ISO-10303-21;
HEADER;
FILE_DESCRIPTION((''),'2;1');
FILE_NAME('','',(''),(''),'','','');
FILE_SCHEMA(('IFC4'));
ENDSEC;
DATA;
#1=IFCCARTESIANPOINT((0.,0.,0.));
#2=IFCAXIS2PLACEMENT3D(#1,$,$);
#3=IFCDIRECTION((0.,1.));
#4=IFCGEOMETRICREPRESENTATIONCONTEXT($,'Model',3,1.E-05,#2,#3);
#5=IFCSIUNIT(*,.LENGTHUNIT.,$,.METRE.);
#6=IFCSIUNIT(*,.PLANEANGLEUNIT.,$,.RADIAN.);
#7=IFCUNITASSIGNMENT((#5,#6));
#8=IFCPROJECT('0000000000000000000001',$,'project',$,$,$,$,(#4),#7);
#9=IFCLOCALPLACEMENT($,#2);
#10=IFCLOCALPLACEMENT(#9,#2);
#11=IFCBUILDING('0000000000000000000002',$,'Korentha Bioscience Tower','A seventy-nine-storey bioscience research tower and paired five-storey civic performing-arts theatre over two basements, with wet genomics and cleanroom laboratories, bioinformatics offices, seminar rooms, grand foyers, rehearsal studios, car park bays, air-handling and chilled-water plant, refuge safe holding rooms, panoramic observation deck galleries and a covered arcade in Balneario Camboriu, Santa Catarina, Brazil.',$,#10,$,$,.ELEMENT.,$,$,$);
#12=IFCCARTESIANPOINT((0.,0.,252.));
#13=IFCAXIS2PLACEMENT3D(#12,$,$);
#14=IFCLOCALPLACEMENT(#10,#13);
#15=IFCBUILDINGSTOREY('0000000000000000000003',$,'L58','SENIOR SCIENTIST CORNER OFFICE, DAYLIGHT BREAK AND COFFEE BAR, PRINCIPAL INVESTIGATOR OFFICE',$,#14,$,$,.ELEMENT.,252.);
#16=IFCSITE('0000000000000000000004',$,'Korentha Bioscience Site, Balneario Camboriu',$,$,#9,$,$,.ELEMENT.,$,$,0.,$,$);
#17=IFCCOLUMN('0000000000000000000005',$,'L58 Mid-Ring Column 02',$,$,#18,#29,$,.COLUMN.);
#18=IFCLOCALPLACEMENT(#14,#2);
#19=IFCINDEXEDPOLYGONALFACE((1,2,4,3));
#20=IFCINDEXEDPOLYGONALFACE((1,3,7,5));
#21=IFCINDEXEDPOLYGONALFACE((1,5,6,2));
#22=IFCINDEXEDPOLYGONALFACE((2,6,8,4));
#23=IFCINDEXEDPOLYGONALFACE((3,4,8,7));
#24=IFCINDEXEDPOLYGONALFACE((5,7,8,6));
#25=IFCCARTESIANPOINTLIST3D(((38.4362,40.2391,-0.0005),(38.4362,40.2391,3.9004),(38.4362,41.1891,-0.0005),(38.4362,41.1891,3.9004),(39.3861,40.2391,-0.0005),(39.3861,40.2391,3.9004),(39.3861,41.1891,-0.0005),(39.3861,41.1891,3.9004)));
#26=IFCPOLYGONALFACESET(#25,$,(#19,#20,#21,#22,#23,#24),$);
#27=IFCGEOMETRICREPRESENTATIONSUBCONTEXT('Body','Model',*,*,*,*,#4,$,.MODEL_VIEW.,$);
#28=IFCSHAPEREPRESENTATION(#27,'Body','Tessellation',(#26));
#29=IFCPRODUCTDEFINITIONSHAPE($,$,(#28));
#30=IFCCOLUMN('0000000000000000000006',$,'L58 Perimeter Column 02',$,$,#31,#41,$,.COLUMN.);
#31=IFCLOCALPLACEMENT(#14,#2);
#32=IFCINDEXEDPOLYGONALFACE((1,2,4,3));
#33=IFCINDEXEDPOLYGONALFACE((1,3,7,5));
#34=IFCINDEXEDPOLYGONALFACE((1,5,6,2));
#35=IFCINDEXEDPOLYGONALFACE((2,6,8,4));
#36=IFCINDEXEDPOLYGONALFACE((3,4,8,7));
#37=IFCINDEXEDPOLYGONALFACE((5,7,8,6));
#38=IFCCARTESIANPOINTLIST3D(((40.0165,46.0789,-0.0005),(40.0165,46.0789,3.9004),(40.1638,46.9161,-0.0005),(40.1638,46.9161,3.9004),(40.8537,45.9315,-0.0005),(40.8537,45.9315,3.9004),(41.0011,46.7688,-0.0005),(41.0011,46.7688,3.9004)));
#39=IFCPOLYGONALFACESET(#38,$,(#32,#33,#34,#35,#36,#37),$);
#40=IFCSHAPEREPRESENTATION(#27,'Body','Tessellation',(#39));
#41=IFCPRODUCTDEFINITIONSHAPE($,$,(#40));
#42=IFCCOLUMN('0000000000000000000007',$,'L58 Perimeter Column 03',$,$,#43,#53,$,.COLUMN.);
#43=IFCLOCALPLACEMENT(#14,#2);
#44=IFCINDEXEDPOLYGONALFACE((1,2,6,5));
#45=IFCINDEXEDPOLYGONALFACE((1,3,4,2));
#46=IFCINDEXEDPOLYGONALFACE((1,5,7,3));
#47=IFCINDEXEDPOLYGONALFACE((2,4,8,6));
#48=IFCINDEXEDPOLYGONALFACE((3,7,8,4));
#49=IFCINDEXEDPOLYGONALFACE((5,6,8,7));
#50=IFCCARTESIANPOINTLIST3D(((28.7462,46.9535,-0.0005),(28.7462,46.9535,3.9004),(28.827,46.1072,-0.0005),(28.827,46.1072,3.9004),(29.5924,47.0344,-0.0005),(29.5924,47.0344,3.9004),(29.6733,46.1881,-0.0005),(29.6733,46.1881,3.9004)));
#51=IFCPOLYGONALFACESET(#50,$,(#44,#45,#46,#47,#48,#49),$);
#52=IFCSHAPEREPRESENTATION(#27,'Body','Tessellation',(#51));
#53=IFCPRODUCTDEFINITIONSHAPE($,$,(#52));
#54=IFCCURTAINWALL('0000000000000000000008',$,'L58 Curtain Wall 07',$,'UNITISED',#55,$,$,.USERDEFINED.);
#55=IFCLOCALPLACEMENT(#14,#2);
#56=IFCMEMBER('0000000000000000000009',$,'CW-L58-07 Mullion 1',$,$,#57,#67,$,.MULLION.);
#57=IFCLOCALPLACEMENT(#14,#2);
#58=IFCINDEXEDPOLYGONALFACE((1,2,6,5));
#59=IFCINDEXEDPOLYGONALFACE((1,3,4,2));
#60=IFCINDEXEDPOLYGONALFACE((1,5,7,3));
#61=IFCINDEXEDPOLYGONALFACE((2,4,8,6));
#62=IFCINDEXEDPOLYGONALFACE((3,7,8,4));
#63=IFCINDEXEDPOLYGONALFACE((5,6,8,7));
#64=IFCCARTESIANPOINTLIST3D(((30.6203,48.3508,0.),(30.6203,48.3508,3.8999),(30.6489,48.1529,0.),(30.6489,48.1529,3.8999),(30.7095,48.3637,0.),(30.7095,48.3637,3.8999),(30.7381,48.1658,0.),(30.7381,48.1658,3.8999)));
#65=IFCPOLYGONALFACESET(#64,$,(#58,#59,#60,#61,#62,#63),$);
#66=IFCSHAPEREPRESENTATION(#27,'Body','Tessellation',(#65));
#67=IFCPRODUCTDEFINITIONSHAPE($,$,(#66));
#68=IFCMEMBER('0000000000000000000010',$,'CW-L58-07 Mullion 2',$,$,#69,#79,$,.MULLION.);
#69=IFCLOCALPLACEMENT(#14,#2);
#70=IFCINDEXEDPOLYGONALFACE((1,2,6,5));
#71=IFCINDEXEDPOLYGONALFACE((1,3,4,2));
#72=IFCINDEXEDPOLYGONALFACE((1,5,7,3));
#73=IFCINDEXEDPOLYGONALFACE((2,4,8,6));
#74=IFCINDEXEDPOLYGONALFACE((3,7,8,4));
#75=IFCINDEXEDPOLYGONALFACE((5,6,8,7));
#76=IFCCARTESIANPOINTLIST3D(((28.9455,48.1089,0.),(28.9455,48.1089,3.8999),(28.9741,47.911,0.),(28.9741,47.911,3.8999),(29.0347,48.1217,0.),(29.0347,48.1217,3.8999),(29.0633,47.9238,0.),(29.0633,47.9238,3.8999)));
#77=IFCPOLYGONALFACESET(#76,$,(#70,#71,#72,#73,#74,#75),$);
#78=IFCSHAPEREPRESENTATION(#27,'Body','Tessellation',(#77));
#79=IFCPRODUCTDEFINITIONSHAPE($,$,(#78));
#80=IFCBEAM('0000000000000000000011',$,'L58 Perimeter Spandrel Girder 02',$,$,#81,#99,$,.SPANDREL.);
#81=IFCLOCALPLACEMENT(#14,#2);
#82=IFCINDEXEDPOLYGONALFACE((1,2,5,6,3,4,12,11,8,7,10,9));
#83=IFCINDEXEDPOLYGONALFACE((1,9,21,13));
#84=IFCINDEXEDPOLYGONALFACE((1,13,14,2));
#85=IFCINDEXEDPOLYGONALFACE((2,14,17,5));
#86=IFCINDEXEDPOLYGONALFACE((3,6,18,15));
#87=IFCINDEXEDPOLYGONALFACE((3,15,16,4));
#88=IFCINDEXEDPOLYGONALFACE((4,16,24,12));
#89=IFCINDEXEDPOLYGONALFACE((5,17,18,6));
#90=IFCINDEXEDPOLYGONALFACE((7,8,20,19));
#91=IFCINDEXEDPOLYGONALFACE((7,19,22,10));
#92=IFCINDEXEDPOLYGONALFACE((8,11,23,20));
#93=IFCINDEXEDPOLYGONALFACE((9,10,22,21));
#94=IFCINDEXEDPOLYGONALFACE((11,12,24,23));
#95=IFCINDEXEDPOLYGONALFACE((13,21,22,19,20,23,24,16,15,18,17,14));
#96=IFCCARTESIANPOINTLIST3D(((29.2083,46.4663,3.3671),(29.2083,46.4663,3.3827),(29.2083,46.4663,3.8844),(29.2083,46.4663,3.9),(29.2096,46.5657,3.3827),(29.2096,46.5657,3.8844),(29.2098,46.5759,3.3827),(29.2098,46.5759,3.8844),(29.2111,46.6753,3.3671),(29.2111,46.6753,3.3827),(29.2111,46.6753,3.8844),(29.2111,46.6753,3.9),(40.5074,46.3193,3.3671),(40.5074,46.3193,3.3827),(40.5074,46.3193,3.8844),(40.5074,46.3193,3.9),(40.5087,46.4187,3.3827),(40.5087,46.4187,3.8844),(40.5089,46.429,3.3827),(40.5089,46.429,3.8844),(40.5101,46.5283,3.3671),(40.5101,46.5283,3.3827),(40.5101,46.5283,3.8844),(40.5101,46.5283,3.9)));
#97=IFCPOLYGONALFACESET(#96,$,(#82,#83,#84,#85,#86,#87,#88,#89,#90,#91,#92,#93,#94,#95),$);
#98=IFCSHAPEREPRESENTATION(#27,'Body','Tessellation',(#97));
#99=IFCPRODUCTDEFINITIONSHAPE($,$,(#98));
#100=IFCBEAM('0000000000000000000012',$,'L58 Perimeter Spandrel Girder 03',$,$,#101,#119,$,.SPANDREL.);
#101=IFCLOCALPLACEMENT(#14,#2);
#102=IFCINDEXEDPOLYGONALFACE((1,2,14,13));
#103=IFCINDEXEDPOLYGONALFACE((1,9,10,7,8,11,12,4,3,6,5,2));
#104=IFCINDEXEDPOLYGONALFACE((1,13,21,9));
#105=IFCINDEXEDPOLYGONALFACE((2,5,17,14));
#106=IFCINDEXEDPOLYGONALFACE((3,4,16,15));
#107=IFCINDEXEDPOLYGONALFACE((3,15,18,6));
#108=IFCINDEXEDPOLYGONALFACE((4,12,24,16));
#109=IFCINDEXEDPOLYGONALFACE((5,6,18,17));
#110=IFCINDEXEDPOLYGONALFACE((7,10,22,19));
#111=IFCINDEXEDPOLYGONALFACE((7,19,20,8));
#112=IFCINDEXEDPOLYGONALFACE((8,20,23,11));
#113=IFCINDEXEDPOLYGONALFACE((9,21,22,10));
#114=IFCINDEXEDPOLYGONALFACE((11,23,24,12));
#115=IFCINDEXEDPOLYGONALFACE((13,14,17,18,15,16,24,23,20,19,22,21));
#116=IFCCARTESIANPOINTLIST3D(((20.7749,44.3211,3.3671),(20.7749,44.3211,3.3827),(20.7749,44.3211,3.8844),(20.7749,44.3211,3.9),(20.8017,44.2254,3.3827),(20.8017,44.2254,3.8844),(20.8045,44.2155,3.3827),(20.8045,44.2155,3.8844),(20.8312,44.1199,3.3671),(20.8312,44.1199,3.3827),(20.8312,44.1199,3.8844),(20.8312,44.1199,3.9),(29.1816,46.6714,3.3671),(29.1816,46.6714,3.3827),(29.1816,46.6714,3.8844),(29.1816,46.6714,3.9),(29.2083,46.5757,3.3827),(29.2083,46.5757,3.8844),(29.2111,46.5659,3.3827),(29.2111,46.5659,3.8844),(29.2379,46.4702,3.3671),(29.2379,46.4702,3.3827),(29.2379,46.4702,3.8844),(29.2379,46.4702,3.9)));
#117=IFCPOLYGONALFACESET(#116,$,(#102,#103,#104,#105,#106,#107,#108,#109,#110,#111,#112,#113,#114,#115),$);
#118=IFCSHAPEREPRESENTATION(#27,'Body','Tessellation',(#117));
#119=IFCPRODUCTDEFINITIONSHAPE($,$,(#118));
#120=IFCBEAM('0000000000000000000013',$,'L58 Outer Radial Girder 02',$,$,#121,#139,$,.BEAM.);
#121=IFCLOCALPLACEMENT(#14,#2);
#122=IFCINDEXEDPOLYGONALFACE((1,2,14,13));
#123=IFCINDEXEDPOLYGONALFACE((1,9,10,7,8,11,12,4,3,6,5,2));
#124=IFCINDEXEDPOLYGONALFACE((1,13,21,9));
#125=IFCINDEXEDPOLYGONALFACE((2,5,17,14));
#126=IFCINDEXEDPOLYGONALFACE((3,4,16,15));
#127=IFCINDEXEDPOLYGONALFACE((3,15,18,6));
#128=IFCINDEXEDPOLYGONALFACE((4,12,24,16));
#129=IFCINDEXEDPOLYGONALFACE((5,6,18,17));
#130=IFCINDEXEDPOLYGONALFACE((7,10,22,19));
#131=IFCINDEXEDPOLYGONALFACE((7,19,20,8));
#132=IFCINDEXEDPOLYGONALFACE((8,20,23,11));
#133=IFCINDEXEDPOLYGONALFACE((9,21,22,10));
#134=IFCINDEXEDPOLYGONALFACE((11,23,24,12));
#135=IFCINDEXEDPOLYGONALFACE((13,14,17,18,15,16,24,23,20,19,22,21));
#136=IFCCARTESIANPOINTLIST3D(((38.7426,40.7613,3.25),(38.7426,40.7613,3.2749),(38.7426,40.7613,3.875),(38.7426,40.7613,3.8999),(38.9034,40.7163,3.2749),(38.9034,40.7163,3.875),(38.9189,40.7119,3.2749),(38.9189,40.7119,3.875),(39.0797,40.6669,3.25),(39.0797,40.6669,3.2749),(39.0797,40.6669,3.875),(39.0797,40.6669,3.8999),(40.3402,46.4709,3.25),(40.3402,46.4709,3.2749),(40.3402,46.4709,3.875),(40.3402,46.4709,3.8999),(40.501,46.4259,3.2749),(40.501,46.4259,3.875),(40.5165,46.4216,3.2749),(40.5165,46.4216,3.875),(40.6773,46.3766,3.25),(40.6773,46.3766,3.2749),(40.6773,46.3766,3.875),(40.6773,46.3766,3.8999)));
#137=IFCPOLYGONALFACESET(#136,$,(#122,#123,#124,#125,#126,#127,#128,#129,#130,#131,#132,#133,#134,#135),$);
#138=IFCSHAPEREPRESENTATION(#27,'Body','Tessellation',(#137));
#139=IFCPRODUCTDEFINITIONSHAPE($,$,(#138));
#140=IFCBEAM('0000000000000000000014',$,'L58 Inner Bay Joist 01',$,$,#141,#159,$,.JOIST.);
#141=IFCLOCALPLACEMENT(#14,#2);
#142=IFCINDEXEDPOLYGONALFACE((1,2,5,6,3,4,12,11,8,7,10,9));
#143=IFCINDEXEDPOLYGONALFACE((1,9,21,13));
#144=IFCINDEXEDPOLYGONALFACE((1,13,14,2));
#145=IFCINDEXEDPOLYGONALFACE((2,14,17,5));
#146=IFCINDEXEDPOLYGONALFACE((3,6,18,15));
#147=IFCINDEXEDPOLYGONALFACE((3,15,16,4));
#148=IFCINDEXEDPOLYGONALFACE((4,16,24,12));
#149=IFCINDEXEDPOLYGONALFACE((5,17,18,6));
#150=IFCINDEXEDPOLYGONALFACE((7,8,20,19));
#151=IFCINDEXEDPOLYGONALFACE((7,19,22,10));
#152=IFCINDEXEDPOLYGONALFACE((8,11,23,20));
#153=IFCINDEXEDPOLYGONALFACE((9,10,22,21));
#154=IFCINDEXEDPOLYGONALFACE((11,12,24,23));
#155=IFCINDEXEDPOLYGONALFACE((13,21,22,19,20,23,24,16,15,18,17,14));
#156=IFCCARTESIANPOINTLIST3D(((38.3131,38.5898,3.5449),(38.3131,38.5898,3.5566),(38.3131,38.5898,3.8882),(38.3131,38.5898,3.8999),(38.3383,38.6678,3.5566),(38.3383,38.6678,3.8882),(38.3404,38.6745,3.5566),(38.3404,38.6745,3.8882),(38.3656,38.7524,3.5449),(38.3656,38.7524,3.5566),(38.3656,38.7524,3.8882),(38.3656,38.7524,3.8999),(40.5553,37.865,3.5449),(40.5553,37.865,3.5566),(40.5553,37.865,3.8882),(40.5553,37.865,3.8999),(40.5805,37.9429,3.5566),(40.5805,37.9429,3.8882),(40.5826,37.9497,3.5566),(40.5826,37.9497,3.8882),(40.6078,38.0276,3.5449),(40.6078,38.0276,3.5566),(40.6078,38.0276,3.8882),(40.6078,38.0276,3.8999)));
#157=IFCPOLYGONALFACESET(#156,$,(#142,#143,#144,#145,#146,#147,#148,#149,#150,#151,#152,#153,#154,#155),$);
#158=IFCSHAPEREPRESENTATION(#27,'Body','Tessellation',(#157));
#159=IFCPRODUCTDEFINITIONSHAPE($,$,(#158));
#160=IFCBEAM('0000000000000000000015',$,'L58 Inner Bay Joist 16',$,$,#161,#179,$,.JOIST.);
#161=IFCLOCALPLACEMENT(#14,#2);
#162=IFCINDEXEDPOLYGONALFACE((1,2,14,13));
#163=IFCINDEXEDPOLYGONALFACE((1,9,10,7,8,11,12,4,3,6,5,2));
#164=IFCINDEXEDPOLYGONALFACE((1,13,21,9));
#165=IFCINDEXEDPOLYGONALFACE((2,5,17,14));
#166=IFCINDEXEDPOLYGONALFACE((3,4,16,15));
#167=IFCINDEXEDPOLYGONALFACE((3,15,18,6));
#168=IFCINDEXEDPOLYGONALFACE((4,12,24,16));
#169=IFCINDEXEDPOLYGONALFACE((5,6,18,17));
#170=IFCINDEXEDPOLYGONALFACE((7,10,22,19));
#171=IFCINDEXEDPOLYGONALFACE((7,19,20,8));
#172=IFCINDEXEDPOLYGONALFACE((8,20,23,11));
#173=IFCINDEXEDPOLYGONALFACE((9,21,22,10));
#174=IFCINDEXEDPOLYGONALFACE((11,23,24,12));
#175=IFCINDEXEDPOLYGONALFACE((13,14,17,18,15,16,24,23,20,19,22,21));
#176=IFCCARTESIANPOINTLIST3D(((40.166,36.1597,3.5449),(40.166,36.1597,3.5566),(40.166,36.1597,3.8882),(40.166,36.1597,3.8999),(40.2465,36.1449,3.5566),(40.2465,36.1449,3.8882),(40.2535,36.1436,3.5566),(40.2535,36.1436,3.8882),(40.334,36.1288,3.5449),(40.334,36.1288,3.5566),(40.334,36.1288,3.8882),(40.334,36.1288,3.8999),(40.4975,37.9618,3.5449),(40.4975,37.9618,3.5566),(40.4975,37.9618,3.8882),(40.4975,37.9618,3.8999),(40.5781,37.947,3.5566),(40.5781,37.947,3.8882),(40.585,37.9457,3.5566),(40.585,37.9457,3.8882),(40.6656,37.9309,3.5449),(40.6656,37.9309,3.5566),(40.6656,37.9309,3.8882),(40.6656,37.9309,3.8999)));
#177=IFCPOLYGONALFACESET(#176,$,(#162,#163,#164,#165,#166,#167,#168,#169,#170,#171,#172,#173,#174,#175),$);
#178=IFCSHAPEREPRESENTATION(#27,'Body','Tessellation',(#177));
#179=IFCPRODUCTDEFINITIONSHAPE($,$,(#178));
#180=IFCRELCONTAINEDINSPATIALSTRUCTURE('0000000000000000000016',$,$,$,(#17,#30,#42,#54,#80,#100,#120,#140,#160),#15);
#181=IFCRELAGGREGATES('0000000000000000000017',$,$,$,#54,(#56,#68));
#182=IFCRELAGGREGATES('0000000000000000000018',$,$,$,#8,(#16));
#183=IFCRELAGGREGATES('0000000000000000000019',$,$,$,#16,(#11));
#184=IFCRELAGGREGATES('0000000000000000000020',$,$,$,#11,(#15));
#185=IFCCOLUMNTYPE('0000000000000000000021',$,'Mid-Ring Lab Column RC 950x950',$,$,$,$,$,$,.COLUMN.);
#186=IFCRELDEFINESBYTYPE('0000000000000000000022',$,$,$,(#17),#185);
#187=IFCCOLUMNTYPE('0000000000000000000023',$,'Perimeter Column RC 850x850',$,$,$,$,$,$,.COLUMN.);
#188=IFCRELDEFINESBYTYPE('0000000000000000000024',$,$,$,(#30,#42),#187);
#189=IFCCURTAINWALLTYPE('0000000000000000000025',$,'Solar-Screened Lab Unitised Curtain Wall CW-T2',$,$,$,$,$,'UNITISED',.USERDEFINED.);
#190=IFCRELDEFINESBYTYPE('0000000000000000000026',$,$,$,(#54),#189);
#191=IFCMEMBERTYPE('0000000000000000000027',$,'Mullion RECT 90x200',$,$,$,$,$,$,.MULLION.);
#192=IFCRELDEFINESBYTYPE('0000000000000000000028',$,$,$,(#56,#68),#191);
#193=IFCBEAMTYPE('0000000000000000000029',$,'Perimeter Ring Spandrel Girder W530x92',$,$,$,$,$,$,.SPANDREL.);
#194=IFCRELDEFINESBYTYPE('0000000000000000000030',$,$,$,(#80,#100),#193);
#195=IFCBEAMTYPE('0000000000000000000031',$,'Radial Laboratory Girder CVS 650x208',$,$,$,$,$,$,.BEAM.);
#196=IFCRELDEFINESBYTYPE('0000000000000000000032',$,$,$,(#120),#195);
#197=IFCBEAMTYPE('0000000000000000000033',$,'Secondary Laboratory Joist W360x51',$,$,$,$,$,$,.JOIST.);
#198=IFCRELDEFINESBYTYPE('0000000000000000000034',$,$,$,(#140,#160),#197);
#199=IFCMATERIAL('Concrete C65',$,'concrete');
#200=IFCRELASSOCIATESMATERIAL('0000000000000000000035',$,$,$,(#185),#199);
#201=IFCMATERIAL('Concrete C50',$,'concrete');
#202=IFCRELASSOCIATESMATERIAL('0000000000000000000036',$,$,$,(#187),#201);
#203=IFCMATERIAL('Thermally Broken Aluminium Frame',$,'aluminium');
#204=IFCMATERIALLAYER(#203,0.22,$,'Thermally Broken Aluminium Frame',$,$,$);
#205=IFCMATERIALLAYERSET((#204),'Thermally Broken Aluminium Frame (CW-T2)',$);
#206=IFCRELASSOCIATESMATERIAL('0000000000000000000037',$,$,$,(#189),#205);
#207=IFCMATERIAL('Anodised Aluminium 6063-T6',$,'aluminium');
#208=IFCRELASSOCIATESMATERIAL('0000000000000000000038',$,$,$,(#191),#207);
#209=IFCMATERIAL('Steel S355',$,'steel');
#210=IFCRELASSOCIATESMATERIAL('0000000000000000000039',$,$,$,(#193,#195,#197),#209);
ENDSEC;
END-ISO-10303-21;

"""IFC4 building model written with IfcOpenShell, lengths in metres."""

from ifc_helpers import new_model, si_unit, direction, frame, origin, origin_2d, place, context, subcontext, project, spatial, rectangle, i_section, extrude, material, layer, layer_set, material_profile, profile_set, type_object, element, aggregate, save


model = new_model("IFC4")

# Units and contexts
model_context = context("Model", 3, precision=1e-05, world=origin(), true_north=direction((0.0, 1.0)))
body_context = subcontext(model_context, "Body", "Model", "MODEL_VIEW")
ifc_project = project(units=[si_unit("LENGTHUNIT", "METRE"), si_unit("PLANEANGLEUNIT", "RADIAN")], contexts=[model_context])

# Site, building, storey
site_placement = place(None, origin())
site = spatial("IfcSite", under=ifc_project, at=site_placement, Name="Korentha Bioscience Site, Balneario Camboriu", CompositionType="ELEMENT", RefElevation=0.0)
building_placement = place(site_placement, origin())
building = spatial("IfcBuilding", under=site, at=building_placement, Name="Korentha Bioscience Tower", Description="A seventy-nine-storey bioscience research tower and paired five-storey civic performing-arts theatre over two basements, with wet genomics and cleanroom laboratories, bioinformatics offices, seminar rooms, grand foyers, rehearsal studios, car park bays, air-handling and chilled-water plant, refuge safe holding rooms, panoramic observation deck galleries and a covered arcade in Balneario Camboriu, Santa Catarina, Brazil.", CompositionType="ELEMENT")
storey_placement = place(building_placement, frame((0.0, 0.0, 252.0)))
storey = spatial("IfcBuildingStorey", under=building, at=storey_placement, Name="L58", Description="SENIOR SCIENTIST CORNER OFFICE, DAYLIGHT BREAK AND COFFEE BAR, PRINCIPAL INVESTIGATOR OFFICE", CompositionType="ELEMENT", Elevation=252.0)

# Columns
ifc_material_1 = material(Name="Concrete C65", Category="concrete")
ifc_material_profile_1 = material_profile(ifc_material_1, rectangle(XDim=0.95, YDim=0.95, at=origin_2d()), Name="Concrete C65")
ifc_profile_set_1 = profile_set([ifc_material_profile_1], Name="Concrete C65 (COL-MR09)")
column_type_1 = type_object("IfcColumnType", Name="Mid-Ring Lab Column RC 950x950", PredefinedType="COLUMN", material=ifc_profile_set_1)
column_placement = place(storey_placement, frame((38.9111, 40.7141, -0.0005), z_axis=(0.0, 0.0, 1.0), x_axis=(1.0, 0.0, 0.0)))
element("IfcColumn", 1, at=column_placement, inside=storey, type_object=column_type_1, Name="L58 Mid-Ring Column 02", PredefinedType="COLUMN", context=body_context, shape_type="SweptSolid", body=[
    extrude(rectangle(XDim=0.95, YDim=0.95, at=origin_2d()), origin(), (0.0, 0.0, 1.0), 3.9009),
])
ifc_material_2 = material(Name="Concrete C50", Category="concrete")
ifc_material_profile_2 = material_profile(ifc_material_2, rectangle(XDim=0.8501, YDim=0.8501, at=origin_2d()), Name="Concrete C50")
ifc_profile_set_2 = profile_set([ifc_material_profile_2], Name="Concrete C50 (COL-P08)")
column_type_2 = type_object("IfcColumnType", Name="Perimeter Column RC 850x850", PredefinedType="COLUMN", material=ifc_profile_set_2)
for number, where, z_axis, x_axis, name in (
    (2, (40.5088, 46.4238, -0.0005), (0.0, 0.0, 1.0), (-0.984868, 0.173304, 0.0), "L58 Perimeter Column 02"),
    (3, (29.2097, 46.5708, -0.0005), (0.0, 0.0, 1.0), (0.995463, 0.095151, 0.0), "L58 Perimeter Column 03"),
):
    element("IfcColumn", number, at=place(storey_placement, frame(where, z_axis=z_axis, x_axis=x_axis)), inside=storey, type_object=column_type_2, Name=name, PredefinedType="COLUMN", context=body_context, shape_type="SweptSolid", body=[
        extrude(rectangle(XDim=0.8501, YDim=0.8501, at=origin_2d()), origin(), (0.0, 0.0, 1.0), 3.9009),
    ])

# Curtain wall, members
ifc_material_3 = material(Name="Thermally Broken Aluminium Frame", Category="aluminium")
ifc_layer_1 = layer(ifc_material_3, 0.22, Name="Thermally Broken Aluminium Frame")
ifc_layer_set_1 = layer_set([ifc_layer_1], Name="Thermally Broken Aluminium Frame (CW-T2)")
curtain_wall_type = type_object("IfcCurtainWallType", Name="Solar-Screened Lab Unitised Curtain Wall CW-T2", ElementType="UNITISED", PredefinedType="USERDEFINED", material=ifc_layer_set_1)
curtain_wall_placement = place(storey_placement, origin())
curtain_wall = element("IfcCurtainWall", 4, at=curtain_wall_placement, inside=storey, type_object=curtain_wall_type, Name="L58 Curtain Wall 07", ObjectType="UNITISED", PredefinedType="USERDEFINED")
ifc_material_4 = material(Name="Anodised Aluminium 6063-T6", Category="aluminium")
ifc_material_profile_3 = material_profile(ifc_material_4, rectangle(XDim=0.0901, YDim=0.2, at=origin_2d()), Name="Anodised Aluminium 6063-T6")
ifc_profile_set_3 = profile_set([ifc_material_profile_3], Name="Anodised Aluminium 6063-T6 (CW-MUL)")
member_type_1 = type_object("IfcMemberType", Name="Mullion RECT 90x200", PredefinedType="MULLION", material=ifc_profile_set_3)
member_1_placement = place(storey_placement, frame((30.6792, 48.2583, 0.0), z_axis=(0.0, 0.0, 1.0), x_axis=(-0.989729, -0.142956, 0.0)))
member_1 = element("IfcMember", 5, at=member_1_placement, type_object=member_type_1, Name="CW-L58-07 Mullion 1", PredefinedType="MULLION", context=body_context, shape_type="SweptSolid", body=[
    extrude(rectangle(XDim=0.0901, YDim=0.2, at=origin_2d()), origin(), (0.0, 0.0, 1.0), 3.8999),
])
member_2_placement = place(storey_placement, frame((29.0044, 48.0164, 0.0), z_axis=(0.0, 0.0, 1.0), x_axis=(-0.989729, -0.142956, 0.0)))
member_2 = element("IfcMember", 6, at=member_2_placement, type_object=member_type_1, Name="CW-L58-07 Mullion 2", PredefinedType="MULLION", context=body_context, shape_type="SweptSolid", body=[
    extrude(rectangle(XDim=0.0901, YDim=0.2, at=origin_2d()), origin(), (0.0, 0.0, 1.0), 3.8999),
])

# Beams
ifc_material_5 = material(Name="Steel S355", Category="steel")
ifc_material_profile_4 = material_profile(ifc_material_5, i_section(OverallWidth=0.209, OverallDepth=0.533, WebThickness=0.0103, FlangeThickness=0.0156, at=origin_2d()), Name="Steel S355")
ifc_profile_set_4 = profile_set([ifc_material_profile_4], Name="Steel S355 (SB-530)")
beam_type_1 = type_object("IfcBeamType", Name="Perimeter Ring Spandrel Girder W530x92", PredefinedType="SPANDREL", material=ifc_profile_set_4)
beam_1_placement = place(storey_placement, frame((40.5088, 46.4238, 3.6335), z_axis=(-0.999915, 0.013006, 0.0), x_axis=(-0.013006, -0.999915, 0.0)))
element("IfcBeam", 7, at=beam_1_placement, inside=storey, type_object=beam_type_1, Name="L58 Perimeter Spandrel Girder 02", PredefinedType="SPANDREL", context=body_context, shape_type="SweptSolid", body=[
    extrude(i_section(OverallWidth=0.209, OverallDepth=0.533, WebThickness=0.0103, FlangeThickness=0.0156, at=origin_2d()), origin(), (0.0, 0.0, 1.0), 11.3),
])
beam_2_placement = place(storey_placement, frame((29.2097, 46.5708, 3.6335), z_axis=(-0.963069, -0.269253, 0.0), x_axis=(0.269253, -0.963069, 0.0)))
element("IfcBeam", 8, at=beam_2_placement, inside=storey, type_object=beam_type_1, Name="L58 Perimeter Spandrel Girder 03", PredefinedType="SPANDREL", context=body_context, shape_type="SweptSolid", body=[
    extrude(i_section(OverallWidth=0.209, OverallDepth=0.533, WebThickness=0.0103, FlangeThickness=0.0156, at=origin_2d()), origin(), (0.0, 0.0, 1.0), 8.729),
])
ifc_material_profile_5 = material_profile(ifc_material_5, i_section(OverallWidth=0.3501, OverallDepth=0.6499, WebThickness=0.0161, FlangeThickness=0.0249, at=origin_2d()), Name="Steel S355")
ifc_profile_set_5 = profile_set([ifc_material_profile_5], Name="Steel S355 (RB-650)")
beam_type_2 = type_object("IfcBeamType", Name="Radial Laboratory Girder CVS 650x208", PredefinedType="BEAM", material=ifc_profile_set_5)
beam_3_placement = place(storey_placement, frame((38.9111, 40.7141, 3.575), z_axis=(0.269463, 0.963011, 0.0), x_axis=(-0.963011, 0.269463, 0.0)))
element("IfcBeam", 9, at=beam_3_placement, inside=storey, type_object=beam_type_2, Name="L58 Outer Radial Girder 02", PredefinedType="BEAM", context=body_context, shape_type="SweptSolid", body=[
    extrude(i_section(OverallWidth=0.3501, OverallDepth=0.6499, WebThickness=0.0161, FlangeThickness=0.0249, at=origin_2d()), origin(), (0.0, 0.0, 1.0), 5.929),
])
ifc_material_profile_6 = material_profile(ifc_material_5, i_section(OverallWidth=0.1709, OverallDepth=0.355, WebThickness=0.0071, FlangeThickness=0.0117, at=origin_2d()), Name="Steel S355")
ifc_profile_set_6 = profile_set([ifc_material_profile_6], Name="Steel S355 (JB-360)")
beam_type_3 = type_object("IfcBeamType", Name="Secondary Laboratory Joist W360x51", PredefinedType="JOIST", material=ifc_profile_set_6)
beam_4_placement = place(storey_placement, frame((40.5815, 37.9463, 3.7224), z_axis=(-0.951514, 0.307605, 0.0), x_axis=(-0.307605, -0.951514, 0.0)))
element("IfcBeam", 10, at=beam_4_placement, inside=storey, type_object=beam_type_3, Name="L58 Inner Bay Joist 01", PredefinedType="JOIST", context=body_context, shape_type="SweptSolid", body=[
    extrude(i_section(OverallWidth=0.1709, OverallDepth=0.355, WebThickness=0.0071, FlangeThickness=0.0117, at=origin_2d()), origin(), (0.0, 0.0, 1.0), 2.3564),
])
beam_5_placement = place(storey_placement, frame((40.25, 36.1443, 3.7224), z_axis=(0.180949, 0.983493, 0.0), x_axis=(-0.983493, 0.180949, 0.0)))
element("IfcBeam", 11, at=beam_5_placement, inside=storey, type_object=beam_type_3, Name="L58 Inner Bay Joist 16", PredefinedType="JOIST", context=body_context, shape_type="SweptSolid", body=[
    extrude(i_section(OverallWidth=0.1709, OverallDepth=0.355, WebThickness=0.0071, FlangeThickness=0.0117, at=origin_2d()), origin(), (0.0, 0.0, 1.0), 1.8323),
])

aggregate(curtain_wall, [member_1, member_2])

save(model, "model.ifc")
